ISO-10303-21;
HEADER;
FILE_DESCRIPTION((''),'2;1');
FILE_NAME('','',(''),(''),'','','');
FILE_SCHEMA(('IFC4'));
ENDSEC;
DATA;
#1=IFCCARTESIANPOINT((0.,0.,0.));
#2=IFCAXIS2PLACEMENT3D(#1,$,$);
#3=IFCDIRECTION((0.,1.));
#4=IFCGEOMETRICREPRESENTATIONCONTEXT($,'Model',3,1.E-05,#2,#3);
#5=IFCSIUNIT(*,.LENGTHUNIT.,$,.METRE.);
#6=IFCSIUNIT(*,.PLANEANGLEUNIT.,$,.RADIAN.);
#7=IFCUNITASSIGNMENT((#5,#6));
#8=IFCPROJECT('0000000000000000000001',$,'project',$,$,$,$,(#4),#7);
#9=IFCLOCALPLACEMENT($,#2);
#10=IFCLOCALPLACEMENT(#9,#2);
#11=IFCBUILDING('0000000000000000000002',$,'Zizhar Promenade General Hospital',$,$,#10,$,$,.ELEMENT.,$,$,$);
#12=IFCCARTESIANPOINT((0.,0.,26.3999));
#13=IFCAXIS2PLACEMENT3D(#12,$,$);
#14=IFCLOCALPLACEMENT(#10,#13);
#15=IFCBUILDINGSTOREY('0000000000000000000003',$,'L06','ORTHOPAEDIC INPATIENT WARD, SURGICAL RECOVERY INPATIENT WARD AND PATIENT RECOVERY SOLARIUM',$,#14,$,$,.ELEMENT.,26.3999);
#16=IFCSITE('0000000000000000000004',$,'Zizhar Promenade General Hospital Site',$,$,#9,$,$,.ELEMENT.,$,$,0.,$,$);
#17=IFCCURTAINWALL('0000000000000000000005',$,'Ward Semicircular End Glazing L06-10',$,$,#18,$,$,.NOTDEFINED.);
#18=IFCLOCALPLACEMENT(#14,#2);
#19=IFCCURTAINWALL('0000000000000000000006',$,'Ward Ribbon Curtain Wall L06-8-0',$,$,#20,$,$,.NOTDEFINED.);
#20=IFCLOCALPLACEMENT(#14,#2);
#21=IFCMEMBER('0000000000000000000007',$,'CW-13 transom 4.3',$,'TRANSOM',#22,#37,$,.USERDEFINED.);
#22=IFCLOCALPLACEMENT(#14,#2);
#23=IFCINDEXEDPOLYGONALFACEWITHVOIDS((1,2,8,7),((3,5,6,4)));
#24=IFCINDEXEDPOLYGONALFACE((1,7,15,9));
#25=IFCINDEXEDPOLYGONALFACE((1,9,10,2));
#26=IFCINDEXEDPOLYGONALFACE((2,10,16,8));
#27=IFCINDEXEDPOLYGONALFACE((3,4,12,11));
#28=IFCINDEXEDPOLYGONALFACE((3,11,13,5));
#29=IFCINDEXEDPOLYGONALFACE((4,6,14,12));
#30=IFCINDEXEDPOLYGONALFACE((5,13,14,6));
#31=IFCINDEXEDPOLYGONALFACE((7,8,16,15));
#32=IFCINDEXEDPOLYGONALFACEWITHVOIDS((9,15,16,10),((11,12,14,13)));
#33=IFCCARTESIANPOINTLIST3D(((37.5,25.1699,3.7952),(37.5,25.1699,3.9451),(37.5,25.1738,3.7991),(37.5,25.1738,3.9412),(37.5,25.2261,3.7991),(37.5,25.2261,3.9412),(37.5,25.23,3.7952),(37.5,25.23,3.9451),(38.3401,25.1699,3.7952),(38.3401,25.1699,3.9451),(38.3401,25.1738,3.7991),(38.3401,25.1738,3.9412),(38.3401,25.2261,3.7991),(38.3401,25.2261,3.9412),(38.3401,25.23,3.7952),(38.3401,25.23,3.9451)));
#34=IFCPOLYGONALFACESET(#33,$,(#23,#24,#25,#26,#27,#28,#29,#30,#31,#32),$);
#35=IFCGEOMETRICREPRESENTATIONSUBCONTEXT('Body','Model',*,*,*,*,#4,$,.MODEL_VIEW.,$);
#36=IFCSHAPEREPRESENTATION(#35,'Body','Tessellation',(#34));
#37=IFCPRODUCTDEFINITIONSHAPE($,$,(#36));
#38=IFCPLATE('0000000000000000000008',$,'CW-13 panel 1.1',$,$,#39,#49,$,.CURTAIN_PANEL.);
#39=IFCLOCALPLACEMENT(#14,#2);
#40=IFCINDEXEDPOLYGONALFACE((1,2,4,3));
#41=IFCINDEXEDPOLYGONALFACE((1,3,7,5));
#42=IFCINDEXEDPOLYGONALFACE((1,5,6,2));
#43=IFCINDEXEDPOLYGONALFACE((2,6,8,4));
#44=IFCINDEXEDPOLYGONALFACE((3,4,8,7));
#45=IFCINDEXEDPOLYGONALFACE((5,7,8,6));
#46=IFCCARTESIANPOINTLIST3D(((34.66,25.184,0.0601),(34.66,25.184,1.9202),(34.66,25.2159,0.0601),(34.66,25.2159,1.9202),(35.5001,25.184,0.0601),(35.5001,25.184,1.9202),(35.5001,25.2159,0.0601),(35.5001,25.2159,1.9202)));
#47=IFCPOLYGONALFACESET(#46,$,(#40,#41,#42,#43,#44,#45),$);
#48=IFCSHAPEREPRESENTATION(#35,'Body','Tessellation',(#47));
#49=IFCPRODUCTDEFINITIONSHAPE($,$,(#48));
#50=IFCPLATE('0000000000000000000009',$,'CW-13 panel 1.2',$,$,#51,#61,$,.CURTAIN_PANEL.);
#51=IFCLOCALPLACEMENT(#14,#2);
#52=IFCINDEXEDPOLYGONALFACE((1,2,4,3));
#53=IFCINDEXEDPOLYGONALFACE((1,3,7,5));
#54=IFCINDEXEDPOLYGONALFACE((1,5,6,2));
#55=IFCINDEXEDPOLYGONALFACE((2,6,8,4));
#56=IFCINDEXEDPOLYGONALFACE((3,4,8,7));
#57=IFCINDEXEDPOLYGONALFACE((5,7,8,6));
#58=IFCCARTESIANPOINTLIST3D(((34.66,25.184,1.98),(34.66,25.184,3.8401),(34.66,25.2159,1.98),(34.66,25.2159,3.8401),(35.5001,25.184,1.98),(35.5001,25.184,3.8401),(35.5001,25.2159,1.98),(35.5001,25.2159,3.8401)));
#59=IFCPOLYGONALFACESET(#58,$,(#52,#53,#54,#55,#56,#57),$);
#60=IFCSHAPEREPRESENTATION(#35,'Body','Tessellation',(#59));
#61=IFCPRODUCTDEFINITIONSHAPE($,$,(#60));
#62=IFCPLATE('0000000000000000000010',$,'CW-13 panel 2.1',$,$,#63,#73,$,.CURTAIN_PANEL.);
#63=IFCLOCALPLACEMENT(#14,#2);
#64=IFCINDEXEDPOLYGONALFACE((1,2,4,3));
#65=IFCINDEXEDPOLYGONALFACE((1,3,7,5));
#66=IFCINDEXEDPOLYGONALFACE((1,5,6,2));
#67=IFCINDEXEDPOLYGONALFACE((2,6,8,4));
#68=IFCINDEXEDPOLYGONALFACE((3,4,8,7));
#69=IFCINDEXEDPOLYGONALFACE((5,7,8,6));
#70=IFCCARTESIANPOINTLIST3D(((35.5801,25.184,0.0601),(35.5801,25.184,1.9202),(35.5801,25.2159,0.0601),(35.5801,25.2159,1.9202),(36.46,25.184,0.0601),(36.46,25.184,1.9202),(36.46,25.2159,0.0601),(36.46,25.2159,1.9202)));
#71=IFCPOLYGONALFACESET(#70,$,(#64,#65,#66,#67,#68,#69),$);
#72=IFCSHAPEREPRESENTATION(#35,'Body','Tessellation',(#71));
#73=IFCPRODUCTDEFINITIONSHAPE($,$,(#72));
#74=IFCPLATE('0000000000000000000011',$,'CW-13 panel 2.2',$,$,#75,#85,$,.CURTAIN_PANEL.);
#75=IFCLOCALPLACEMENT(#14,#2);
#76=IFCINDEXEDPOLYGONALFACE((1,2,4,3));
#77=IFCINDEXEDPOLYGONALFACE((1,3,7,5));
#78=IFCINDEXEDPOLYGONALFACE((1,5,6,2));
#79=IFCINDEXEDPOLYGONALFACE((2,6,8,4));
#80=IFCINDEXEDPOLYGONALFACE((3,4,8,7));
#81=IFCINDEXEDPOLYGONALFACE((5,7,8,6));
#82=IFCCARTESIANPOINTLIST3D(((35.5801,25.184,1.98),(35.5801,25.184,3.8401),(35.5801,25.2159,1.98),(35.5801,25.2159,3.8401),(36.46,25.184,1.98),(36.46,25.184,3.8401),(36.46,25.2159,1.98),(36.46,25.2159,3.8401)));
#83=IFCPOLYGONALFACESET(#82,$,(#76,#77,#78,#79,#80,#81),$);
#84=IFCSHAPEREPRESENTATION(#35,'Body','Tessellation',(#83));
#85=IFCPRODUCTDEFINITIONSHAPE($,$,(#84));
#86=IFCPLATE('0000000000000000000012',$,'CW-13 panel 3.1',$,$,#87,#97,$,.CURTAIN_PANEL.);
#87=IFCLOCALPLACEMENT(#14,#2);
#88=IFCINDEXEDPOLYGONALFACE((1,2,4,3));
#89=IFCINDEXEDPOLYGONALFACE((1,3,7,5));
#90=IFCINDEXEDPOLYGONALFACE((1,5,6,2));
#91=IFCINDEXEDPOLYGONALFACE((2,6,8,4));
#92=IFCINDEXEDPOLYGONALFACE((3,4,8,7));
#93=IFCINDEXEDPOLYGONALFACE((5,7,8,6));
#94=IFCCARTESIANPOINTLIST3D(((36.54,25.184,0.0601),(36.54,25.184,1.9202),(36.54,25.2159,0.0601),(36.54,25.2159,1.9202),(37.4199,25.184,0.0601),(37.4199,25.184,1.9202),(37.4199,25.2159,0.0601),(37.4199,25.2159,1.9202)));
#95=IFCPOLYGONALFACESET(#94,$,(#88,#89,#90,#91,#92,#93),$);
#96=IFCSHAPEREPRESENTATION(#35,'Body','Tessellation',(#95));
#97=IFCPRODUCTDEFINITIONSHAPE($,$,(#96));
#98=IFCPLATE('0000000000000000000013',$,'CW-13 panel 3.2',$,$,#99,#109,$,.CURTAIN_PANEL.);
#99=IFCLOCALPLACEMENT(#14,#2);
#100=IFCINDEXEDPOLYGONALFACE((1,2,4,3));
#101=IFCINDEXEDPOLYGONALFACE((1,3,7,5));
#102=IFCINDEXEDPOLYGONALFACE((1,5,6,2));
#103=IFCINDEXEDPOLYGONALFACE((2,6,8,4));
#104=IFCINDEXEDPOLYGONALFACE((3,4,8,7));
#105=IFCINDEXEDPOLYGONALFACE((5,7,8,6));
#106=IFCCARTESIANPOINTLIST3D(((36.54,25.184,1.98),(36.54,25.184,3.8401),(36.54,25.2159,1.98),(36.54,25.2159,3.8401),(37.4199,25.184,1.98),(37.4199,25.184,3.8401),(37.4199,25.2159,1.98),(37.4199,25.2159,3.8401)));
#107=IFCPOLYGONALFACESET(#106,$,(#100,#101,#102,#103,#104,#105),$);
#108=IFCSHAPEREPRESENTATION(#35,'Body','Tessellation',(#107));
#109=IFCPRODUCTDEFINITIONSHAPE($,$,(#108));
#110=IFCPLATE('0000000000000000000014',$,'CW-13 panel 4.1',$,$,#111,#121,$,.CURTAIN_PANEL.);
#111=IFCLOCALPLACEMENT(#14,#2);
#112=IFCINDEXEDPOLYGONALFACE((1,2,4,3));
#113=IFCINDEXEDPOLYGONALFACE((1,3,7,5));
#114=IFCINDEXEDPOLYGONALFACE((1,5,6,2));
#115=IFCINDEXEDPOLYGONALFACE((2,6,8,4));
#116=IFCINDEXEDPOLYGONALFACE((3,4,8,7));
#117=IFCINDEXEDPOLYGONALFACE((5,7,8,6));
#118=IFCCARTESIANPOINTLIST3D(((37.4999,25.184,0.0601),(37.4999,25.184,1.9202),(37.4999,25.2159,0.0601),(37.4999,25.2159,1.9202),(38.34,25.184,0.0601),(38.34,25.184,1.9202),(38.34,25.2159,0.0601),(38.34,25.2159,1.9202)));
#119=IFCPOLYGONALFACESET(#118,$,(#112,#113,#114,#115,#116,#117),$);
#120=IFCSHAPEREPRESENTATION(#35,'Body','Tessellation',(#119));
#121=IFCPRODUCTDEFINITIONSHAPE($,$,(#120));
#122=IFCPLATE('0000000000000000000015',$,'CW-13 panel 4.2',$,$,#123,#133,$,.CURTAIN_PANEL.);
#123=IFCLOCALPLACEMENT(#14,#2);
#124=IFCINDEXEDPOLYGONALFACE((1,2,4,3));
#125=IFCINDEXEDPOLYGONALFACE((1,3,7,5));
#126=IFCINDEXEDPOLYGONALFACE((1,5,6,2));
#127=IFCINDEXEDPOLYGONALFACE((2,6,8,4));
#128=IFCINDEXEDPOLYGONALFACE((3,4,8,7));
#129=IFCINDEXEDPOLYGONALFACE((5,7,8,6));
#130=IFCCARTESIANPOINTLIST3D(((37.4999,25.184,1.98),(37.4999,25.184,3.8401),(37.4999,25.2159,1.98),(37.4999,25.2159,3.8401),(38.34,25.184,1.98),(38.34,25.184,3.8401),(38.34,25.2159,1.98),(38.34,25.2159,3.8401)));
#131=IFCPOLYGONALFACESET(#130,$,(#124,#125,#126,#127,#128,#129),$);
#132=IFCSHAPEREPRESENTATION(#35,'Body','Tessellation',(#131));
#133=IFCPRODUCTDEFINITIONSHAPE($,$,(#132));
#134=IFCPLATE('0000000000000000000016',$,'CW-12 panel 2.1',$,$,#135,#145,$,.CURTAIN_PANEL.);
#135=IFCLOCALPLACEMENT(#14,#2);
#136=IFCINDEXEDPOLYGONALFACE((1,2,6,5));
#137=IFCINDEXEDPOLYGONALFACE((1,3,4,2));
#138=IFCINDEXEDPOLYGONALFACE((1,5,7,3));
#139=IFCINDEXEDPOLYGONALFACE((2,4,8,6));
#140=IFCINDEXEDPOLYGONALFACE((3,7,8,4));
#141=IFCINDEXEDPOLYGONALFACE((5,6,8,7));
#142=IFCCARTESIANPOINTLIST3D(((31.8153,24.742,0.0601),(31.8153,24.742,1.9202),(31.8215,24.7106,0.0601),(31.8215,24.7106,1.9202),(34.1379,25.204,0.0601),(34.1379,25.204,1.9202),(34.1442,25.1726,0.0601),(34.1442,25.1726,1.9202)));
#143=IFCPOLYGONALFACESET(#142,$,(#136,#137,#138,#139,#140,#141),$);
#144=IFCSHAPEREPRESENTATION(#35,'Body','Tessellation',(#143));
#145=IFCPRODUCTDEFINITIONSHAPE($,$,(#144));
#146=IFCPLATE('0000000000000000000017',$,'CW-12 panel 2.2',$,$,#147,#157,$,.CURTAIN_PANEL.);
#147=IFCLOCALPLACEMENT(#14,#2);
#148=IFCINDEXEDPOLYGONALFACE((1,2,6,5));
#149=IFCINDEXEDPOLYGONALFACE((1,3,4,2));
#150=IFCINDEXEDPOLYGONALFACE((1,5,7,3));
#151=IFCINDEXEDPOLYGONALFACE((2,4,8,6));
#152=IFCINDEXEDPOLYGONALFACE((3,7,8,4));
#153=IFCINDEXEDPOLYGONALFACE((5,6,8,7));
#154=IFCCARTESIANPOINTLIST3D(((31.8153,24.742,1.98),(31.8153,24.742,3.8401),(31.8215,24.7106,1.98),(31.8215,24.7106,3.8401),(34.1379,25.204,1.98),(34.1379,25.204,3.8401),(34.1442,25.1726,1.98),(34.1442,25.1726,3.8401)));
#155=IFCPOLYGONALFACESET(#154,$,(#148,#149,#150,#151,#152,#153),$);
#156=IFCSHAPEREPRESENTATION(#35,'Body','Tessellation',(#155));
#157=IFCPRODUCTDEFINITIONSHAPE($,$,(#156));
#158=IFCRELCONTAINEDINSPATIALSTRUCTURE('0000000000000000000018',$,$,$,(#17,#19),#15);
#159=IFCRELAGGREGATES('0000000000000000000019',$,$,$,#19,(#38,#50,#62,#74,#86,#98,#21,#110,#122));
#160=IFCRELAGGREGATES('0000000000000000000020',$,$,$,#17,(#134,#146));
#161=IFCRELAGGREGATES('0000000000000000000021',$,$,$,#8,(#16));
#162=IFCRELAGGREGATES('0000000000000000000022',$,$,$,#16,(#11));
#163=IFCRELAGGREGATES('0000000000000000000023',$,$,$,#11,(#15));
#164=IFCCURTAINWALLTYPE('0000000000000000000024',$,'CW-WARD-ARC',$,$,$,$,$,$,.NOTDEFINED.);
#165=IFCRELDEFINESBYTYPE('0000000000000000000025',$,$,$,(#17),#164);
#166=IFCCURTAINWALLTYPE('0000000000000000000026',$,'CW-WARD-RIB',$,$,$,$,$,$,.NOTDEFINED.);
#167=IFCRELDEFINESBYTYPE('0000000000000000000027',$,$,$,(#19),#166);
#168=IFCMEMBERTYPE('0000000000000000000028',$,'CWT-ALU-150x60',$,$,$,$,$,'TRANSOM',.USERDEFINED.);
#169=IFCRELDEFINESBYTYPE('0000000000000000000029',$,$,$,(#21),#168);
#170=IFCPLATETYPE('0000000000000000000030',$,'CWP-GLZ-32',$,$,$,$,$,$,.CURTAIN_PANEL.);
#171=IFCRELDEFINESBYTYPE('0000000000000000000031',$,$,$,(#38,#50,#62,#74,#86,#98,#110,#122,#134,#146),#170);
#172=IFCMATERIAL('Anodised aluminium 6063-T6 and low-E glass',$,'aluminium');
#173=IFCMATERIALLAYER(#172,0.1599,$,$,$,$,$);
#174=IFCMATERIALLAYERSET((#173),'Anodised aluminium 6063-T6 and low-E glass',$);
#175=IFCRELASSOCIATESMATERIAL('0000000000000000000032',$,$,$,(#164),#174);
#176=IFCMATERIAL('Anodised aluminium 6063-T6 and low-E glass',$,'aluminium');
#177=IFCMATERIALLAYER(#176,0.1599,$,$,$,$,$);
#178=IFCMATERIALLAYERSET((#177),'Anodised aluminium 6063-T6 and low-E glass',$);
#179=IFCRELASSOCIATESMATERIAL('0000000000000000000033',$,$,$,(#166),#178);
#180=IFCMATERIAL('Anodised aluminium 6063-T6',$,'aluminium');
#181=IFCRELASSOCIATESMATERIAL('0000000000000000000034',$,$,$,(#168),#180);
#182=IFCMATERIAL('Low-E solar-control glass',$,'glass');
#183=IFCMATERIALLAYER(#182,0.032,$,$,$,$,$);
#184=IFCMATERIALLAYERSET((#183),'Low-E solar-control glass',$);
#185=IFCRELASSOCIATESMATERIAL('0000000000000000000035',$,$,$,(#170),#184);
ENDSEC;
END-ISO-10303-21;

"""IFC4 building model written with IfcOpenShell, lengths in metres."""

from ifc_helpers import new_model, si_unit, direction, frame, origin, origin_2d, place, context, subcontext, project, spatial, rectangle, hollow_rectangle, extrude, material, layer, layer_set, material_profile, profile_set, type_object, element, aggregate, save


model = new_model("IFC4")

# Units and contexts
model_context = context("Model", 3, precision=1e-05, world=origin(), true_north=direction((0.0, 1.0)))
body_context = subcontext(model_context, "Body", "Model", "MODEL_VIEW")
ifc_project = project(units=[si_unit("LENGTHUNIT", "METRE"), si_unit("PLANEANGLEUNIT", "RADIAN")], contexts=[model_context])

# Site, building, storey
site_placement = place(None, origin())
site = spatial("IfcSite", under=ifc_project, at=site_placement, Name="Zizhar Promenade General Hospital Site", CompositionType="ELEMENT", RefElevation=0.0)
building_placement = place(site_placement, origin())
building = spatial("IfcBuilding", under=site, at=building_placement, Name="Zizhar Promenade General Hospital", CompositionType="ELEMENT")
storey_placement = place(building_placement, frame((0.0, 0.0, 26.3999)))
storey = spatial("IfcBuildingStorey", under=building, at=storey_placement, Name="L06", Description="ORTHOPAEDIC INPATIENT WARD, SURGICAL RECOVERY INPATIENT WARD AND PATIENT RECOVERY SOLARIUM", CompositionType="ELEMENT", Elevation=26.3999)

# Curtain wall
ifc_material_1 = material(Name="Anodised aluminium 6063-T6 and low-E glass", Category="aluminium")
ifc_layer_1 = layer(ifc_material_1, 0.1599)
ifc_layer_set_1 = layer_set([ifc_layer_1], Name="Anodised aluminium 6063-T6 and low-E glass")
curtain_wall_type_1 = type_object("IfcCurtainWallType", Name="CW-WARD-ARC", PredefinedType="NOTDEFINED", material=ifc_layer_set_1)
curtain_wall_1_placement = place(storey_placement, origin())
curtain_wall_1 = element("IfcCurtainWall", 1, at=curtain_wall_1_placement, inside=storey, type_object=curtain_wall_type_1, Name="Ward Semicircular End Glazing L06-10", PredefinedType="NOTDEFINED")

# Curtain wall
ifc_material_2 = material(Name="Anodised aluminium 6063-T6 and low-E glass", Category="aluminium")
ifc_layer_2 = layer(ifc_material_2, 0.1599)
ifc_layer_set_2 = layer_set([ifc_layer_2], Name="Anodised aluminium 6063-T6 and low-E glass")
curtain_wall_type_2 = type_object("IfcCurtainWallType", Name="CW-WARD-RIB", PredefinedType="NOTDEFINED", material=ifc_layer_set_2)
curtain_wall_2_placement = place(storey_placement, origin())
curtain_wall_2 = element("IfcCurtainWall", 2, at=curtain_wall_2_placement, inside=storey, type_object=curtain_wall_type_2, Name="Ward Ribbon Curtain Wall L06-8-0", PredefinedType="NOTDEFINED")

# Member
ifc_material_3 = material(Name="Anodised aluminium 6063-T6", Category="aluminium")
ifc_material_profile_1 = material_profile(ifc_material_3, hollow_rectangle(XDim=0.0601, YDim=0.1499, WallThickness=0.0039, at=origin_2d()))
ifc_profile_set_1 = profile_set([ifc_material_profile_1], Name="Anodised aluminium 6063-T6")
member_type_1 = type_object("IfcMemberType", Name="CWT-ALU-150x60", ElementType="TRANSOM", PredefinedType="USERDEFINED", material=ifc_profile_set_1)
member_1_placement = place(storey_placement, frame((37.5, 25.2, 3.8701), z_axis=(1.0, 0.0, 0.0), x_axis=(0.0, 1.0, 0.0)))
member_1 = element("IfcMember", 3, at=member_1_placement, type_object=member_type_1, Name="CW-13 transom 4.3", ObjectType="TRANSOM", PredefinedType="USERDEFINED", context=body_context, shape_type="SweptSolid", body=[
    extrude(hollow_rectangle(XDim=0.0601, YDim=0.1499, WallThickness=0.0039, at=origin_2d()), origin(), (0.0, 0.0, 1.0), 0.8401),
])

# Plates
ifc_material_4 = material(Name="Low-E solar-control glass", Category="glass")
ifc_layer_3 = layer(ifc_material_4, 0.032)
ifc_layer_set_3 = layer_set([ifc_layer_3], Name="Low-E solar-control glass")
plate_type = type_object("IfcPlateType", Name="CWP-GLZ-32", PredefinedType="CURTAIN_PANEL", material=ifc_layer_set_3)
plate_1_placement = place(storey_placement, frame((35.0801, 25.2, 0.0601), z_axis=(0.0, 0.0, 1.0), x_axis=(1.0, 0.0, 0.0)))
plate_1 = element("IfcPlate", 4, at=plate_1_placement, type_object=plate_type, Name="CW-13 panel 1.1", PredefinedType="CURTAIN_PANEL", context=body_context, shape_type="SweptSolid", body=[
    extrude(rectangle(XDim=0.8401, YDim=0.032, at=origin_2d()), origin(), (0.0, 0.0, 1.0), 1.8601),
])
plate_2_placement = place(storey_placement, frame((35.0801, 25.2, 1.98), z_axis=(0.0, 0.0, 1.0), x_axis=(1.0, 0.0, 0.0)))
plate_2 = element("IfcPlate", 5, at=plate_2_placement, type_object=plate_type, Name="CW-13 panel 1.2", PredefinedType="CURTAIN_PANEL", context=body_context, shape_type="SweptSolid", body=[
    extrude(rectangle(XDim=0.8401, YDim=0.032, at=origin_2d()), origin(), (0.0, 0.0, 1.0), 1.8601),
])
plate_3_placement = place(storey_placement, frame((36.02, 25.2, 0.0601), z_axis=(0.0, 0.0, 1.0), x_axis=(1.0, 0.0, 0.0)))
plate_3 = element("IfcPlate", 6, at=plate_3_placement, type_object=plate_type, Name="CW-13 panel 2.1", PredefinedType="CURTAIN_PANEL", context=body_context, shape_type="SweptSolid", body=[
    extrude(rectangle(XDim=0.8799, YDim=0.032, at=origin_2d()), origin(), (0.0, 0.0, 1.0), 1.8601),
])
plate_4_placement = place(storey_placement, frame((36.02, 25.2, 1.98), z_axis=(0.0, 0.0, 1.0), x_axis=(1.0, 0.0, 0.0)))
plate_4 = element("IfcPlate", 7, at=plate_4_placement, type_object=plate_type, Name="CW-13 panel 2.2", PredefinedType="CURTAIN_PANEL", context=body_context, shape_type="SweptSolid", body=[
    extrude(rectangle(XDim=0.8799, YDim=0.032, at=origin_2d()), origin(), (0.0, 0.0, 1.0), 1.8601),
])
plate_5_placement = place(storey_placement, frame((36.98, 25.2, 0.0601), z_axis=(0.0, 0.0, 1.0), x_axis=(1.0, 0.0, 0.0)))
plate_5 = element("IfcPlate", 8, at=plate_5_placement, type_object=plate_type, Name="CW-13 panel 3.1", PredefinedType="CURTAIN_PANEL", context=body_context, shape_type="SweptSolid", body=[
    extrude(rectangle(XDim=0.8799, YDim=0.032, at=origin_2d()), origin(), (0.0, 0.0, 1.0), 1.8601),
])
plate_6_placement = place(storey_placement, frame((36.98, 25.2, 1.98), z_axis=(0.0, 0.0, 1.0), x_axis=(1.0, 0.0, 0.0)))
plate_6 = element("IfcPlate", 9, at=plate_6_placement, type_object=plate_type, Name="CW-13 panel 3.2", PredefinedType="CURTAIN_PANEL", context=body_context, shape_type="SweptSolid", body=[
    extrude(rectangle(XDim=0.8799, YDim=0.032, at=origin_2d()), origin(), (0.0, 0.0, 1.0), 1.8601),
])
plate_7_placement = place(storey_placement, frame((37.9199, 25.2, 0.0601), z_axis=(0.0, 0.0, 1.0), x_axis=(1.0, 0.0, 0.0)))
plate_7 = element("IfcPlate", 10, at=plate_7_placement, type_object=plate_type, Name="CW-13 panel 4.1", PredefinedType="CURTAIN_PANEL", context=body_context, shape_type="SweptSolid", body=[
    extrude(rectangle(XDim=0.8401, YDim=0.032, at=origin_2d()), origin(), (0.0, 0.0, 1.0), 1.8601),
])
plate_8_placement = place(storey_placement, frame((37.9199, 25.2, 1.98), z_axis=(0.0, 0.0, 1.0), x_axis=(1.0, 0.0, 0.0)))
plate_8 = element("IfcPlate", 11, at=plate_8_placement, type_object=plate_type, Name="CW-13 panel 4.2", PredefinedType="CURTAIN_PANEL", context=body_context, shape_type="SweptSolid", body=[
    extrude(rectangle(XDim=0.8401, YDim=0.032, at=origin_2d()), origin(), (0.0, 0.0, 1.0), 1.8601),
])
aggregate(curtain_wall_2, [plate_1, plate_2, plate_3, plate_4, plate_5, plate_6, member_1, plate_7, plate_8])
plate_9_placement = place(storey_placement, frame((32.9797, 24.9573, 0.0601), z_axis=(0.0, 0.0, 1.0), x_axis=(0.980786, 0.195087, 0.0)))
plate_9 = element("IfcPlate", 12, at=plate_9_placement, type_object=plate_type, Name="CW-12 panel 2.1", PredefinedType="CURTAIN_PANEL", context=body_context, shape_type="SweptSolid", body=[
    extrude(rectangle(XDim=2.3682, YDim=0.032, at=origin_2d()), origin(), (0.0, 0.0, 1.0), 1.8601),
])
plate_10_placement = place(storey_placement, frame((32.9797, 24.9573, 1.98), z_axis=(0.0, 0.0, 1.0), x_axis=(0.980786, 0.195087, 0.0)))
plate_10 = element("IfcPlate", 13, at=plate_10_placement, type_object=plate_type, Name="CW-12 panel 2.2", PredefinedType="CURTAIN_PANEL", context=body_context, shape_type="SweptSolid", body=[
    extrude(rectangle(XDim=2.3682, YDim=0.032, at=origin_2d()), origin(), (0.0, 0.0, 1.0), 1.8601),
])
aggregate(curtain_wall_1, [plate_9, plate_10])

save(model, "model.ifc")
